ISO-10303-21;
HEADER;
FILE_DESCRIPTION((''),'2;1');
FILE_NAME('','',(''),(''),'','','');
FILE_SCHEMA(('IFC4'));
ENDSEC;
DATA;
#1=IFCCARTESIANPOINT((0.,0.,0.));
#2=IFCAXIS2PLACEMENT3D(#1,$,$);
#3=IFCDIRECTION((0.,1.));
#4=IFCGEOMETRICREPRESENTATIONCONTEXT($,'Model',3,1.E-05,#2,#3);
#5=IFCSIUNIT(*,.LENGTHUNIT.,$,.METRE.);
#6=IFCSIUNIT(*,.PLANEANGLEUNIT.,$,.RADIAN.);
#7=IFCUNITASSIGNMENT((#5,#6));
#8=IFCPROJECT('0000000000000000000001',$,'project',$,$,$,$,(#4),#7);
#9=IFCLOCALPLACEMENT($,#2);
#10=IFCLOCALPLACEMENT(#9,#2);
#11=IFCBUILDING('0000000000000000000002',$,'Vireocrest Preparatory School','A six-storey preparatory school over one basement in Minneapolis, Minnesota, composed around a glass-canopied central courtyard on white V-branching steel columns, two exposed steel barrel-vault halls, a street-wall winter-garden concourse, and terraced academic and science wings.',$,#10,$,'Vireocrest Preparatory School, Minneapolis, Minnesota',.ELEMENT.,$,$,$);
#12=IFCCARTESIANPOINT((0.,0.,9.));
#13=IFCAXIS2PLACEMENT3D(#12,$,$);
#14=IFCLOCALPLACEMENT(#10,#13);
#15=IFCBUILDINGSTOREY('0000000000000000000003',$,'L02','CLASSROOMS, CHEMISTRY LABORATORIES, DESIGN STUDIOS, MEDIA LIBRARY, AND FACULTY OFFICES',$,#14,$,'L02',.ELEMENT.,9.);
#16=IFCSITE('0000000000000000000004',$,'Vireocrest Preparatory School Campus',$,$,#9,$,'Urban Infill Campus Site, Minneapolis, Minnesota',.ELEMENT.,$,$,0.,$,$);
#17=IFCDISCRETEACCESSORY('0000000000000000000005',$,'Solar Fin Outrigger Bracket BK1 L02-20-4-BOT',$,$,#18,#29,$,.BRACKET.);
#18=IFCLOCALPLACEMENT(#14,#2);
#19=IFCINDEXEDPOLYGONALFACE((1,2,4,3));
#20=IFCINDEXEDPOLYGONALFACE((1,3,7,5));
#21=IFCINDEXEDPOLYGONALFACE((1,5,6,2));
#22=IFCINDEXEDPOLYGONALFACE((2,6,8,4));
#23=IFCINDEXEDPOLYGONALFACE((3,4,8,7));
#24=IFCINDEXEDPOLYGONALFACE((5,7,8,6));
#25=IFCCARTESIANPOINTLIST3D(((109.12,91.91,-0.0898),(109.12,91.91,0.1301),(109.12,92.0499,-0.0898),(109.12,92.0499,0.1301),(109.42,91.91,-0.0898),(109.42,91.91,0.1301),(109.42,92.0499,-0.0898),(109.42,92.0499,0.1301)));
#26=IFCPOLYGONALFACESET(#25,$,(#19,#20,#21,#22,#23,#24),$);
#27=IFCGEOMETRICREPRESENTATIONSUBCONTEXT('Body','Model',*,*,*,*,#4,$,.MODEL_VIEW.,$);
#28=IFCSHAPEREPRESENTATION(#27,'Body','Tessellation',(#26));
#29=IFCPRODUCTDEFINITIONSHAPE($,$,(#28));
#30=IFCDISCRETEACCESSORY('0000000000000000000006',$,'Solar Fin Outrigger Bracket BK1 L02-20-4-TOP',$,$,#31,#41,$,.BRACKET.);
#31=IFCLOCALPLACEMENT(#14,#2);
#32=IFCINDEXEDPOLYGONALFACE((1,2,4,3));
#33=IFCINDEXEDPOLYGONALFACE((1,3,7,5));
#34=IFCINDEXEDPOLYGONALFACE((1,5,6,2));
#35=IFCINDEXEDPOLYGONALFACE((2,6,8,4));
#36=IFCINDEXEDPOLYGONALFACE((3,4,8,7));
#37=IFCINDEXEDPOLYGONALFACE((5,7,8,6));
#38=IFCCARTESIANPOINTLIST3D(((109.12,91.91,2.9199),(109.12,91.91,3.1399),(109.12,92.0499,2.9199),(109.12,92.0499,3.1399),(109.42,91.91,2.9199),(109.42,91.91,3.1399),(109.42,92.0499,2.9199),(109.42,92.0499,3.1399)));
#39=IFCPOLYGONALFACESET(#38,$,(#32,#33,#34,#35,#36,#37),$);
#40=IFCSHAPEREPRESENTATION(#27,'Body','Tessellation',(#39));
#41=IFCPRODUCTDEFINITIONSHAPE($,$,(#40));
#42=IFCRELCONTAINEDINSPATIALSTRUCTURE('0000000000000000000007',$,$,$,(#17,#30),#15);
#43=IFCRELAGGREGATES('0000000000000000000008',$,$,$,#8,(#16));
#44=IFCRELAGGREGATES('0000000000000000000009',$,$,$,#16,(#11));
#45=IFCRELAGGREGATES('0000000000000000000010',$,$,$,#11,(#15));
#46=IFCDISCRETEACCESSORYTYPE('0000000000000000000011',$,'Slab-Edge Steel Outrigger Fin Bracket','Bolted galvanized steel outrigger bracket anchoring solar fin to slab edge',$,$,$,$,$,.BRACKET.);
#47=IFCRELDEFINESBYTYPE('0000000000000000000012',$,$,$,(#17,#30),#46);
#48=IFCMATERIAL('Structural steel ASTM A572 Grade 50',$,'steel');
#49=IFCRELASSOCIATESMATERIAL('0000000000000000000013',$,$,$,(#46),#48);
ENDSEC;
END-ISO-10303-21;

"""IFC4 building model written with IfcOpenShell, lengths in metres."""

from ifc_helpers import new_model, si_unit, direction, frame, origin, origin_2d, place, context, subcontext, project, spatial, rectangle, extrude, material, type_object, element, save


model = new_model("IFC4")

# Units and contexts
model_context = context("Model", 3, precision=1e-05, world=origin(), true_north=direction((0.0, 1.0)))
body_context = subcontext(model_context, "Body", "Model", "MODEL_VIEW")
ifc_project = project(units=[si_unit("LENGTHUNIT", "METRE"), si_unit("PLANEANGLEUNIT", "RADIAN")], contexts=[model_context])

# Site, building, storey
site_placement = place(None, origin())
site = spatial("IfcSite", under=ifc_project, at=site_placement, Name="Vireocrest Preparatory School Campus", LongName="Urban Infill Campus Site, Minneapolis, Minnesota", CompositionType="ELEMENT", RefElevation=0.0)
building_placement = place(site_placement, origin())
building = spatial("IfcBuilding", under=site, at=building_placement, Name="Vireocrest Preparatory School", Description="A six-storey preparatory school over one basement in Minneapolis, Minnesota, composed around a glass-canopied central courtyard on white V-branching steel columns, two exposed steel barrel-vault halls, a street-wall winter-garden concourse, and terraced academic and science wings.", LongName="Vireocrest Preparatory School, Minneapolis, Minnesota", CompositionType="ELEMENT")
storey_placement = place(building_placement, frame((0.0, 0.0, 9.0)))
storey = spatial("IfcBuildingStorey", under=building, at=storey_placement, Name="L02", Description="CLASSROOMS, CHEMISTRY LABORATORIES, DESIGN STUDIOS, MEDIA LIBRARY, AND FACULTY OFFICES", LongName="L02", CompositionType="ELEMENT", Elevation=9.0)

# Discrete accessories
ifc_material_1 = material(Name="Structural steel ASTM A572 Grade 50", Category="steel")
discrete_accessory_type = type_object("IfcDiscreteAccessoryType", Name="Slab-Edge Steel Outrigger Fin Bracket", Description="Bolted galvanized steel outrigger bracket anchoring solar fin to slab edge", PredefinedType="BRACKET", material=ifc_material_1)
for number, where, z_axis, x_axis, name in (
    (1, (109.27, 91.98, -0.0898), (0.0, 0.0, 1.0), (0.0, -1.0, 0.0), "Solar Fin Outrigger Bracket BK1 L02-20-4-BOT"),
    (2, (109.27, 91.98, 2.9199), (0.0, 0.0, 1.0), (0.0, -1.0, 0.0), "Solar Fin Outrigger Bracket BK1 L02-20-4-TOP"),
):
    element("IfcDiscreteAccessory", number, at=place(storey_placement, frame(where, z_axis=z_axis, x_axis=x_axis)), inside=storey, type_object=discrete_accessory_type, Name=name, PredefinedType="BRACKET", context=body_context, shape_type="SweptSolid", body=[
        extrude(rectangle(XDim=0.1399, YDim=0.3, at=origin_2d()), origin(), (0.0, 0.0, 1.0), 0.22),
    ])

save(model, "model.ifc")
